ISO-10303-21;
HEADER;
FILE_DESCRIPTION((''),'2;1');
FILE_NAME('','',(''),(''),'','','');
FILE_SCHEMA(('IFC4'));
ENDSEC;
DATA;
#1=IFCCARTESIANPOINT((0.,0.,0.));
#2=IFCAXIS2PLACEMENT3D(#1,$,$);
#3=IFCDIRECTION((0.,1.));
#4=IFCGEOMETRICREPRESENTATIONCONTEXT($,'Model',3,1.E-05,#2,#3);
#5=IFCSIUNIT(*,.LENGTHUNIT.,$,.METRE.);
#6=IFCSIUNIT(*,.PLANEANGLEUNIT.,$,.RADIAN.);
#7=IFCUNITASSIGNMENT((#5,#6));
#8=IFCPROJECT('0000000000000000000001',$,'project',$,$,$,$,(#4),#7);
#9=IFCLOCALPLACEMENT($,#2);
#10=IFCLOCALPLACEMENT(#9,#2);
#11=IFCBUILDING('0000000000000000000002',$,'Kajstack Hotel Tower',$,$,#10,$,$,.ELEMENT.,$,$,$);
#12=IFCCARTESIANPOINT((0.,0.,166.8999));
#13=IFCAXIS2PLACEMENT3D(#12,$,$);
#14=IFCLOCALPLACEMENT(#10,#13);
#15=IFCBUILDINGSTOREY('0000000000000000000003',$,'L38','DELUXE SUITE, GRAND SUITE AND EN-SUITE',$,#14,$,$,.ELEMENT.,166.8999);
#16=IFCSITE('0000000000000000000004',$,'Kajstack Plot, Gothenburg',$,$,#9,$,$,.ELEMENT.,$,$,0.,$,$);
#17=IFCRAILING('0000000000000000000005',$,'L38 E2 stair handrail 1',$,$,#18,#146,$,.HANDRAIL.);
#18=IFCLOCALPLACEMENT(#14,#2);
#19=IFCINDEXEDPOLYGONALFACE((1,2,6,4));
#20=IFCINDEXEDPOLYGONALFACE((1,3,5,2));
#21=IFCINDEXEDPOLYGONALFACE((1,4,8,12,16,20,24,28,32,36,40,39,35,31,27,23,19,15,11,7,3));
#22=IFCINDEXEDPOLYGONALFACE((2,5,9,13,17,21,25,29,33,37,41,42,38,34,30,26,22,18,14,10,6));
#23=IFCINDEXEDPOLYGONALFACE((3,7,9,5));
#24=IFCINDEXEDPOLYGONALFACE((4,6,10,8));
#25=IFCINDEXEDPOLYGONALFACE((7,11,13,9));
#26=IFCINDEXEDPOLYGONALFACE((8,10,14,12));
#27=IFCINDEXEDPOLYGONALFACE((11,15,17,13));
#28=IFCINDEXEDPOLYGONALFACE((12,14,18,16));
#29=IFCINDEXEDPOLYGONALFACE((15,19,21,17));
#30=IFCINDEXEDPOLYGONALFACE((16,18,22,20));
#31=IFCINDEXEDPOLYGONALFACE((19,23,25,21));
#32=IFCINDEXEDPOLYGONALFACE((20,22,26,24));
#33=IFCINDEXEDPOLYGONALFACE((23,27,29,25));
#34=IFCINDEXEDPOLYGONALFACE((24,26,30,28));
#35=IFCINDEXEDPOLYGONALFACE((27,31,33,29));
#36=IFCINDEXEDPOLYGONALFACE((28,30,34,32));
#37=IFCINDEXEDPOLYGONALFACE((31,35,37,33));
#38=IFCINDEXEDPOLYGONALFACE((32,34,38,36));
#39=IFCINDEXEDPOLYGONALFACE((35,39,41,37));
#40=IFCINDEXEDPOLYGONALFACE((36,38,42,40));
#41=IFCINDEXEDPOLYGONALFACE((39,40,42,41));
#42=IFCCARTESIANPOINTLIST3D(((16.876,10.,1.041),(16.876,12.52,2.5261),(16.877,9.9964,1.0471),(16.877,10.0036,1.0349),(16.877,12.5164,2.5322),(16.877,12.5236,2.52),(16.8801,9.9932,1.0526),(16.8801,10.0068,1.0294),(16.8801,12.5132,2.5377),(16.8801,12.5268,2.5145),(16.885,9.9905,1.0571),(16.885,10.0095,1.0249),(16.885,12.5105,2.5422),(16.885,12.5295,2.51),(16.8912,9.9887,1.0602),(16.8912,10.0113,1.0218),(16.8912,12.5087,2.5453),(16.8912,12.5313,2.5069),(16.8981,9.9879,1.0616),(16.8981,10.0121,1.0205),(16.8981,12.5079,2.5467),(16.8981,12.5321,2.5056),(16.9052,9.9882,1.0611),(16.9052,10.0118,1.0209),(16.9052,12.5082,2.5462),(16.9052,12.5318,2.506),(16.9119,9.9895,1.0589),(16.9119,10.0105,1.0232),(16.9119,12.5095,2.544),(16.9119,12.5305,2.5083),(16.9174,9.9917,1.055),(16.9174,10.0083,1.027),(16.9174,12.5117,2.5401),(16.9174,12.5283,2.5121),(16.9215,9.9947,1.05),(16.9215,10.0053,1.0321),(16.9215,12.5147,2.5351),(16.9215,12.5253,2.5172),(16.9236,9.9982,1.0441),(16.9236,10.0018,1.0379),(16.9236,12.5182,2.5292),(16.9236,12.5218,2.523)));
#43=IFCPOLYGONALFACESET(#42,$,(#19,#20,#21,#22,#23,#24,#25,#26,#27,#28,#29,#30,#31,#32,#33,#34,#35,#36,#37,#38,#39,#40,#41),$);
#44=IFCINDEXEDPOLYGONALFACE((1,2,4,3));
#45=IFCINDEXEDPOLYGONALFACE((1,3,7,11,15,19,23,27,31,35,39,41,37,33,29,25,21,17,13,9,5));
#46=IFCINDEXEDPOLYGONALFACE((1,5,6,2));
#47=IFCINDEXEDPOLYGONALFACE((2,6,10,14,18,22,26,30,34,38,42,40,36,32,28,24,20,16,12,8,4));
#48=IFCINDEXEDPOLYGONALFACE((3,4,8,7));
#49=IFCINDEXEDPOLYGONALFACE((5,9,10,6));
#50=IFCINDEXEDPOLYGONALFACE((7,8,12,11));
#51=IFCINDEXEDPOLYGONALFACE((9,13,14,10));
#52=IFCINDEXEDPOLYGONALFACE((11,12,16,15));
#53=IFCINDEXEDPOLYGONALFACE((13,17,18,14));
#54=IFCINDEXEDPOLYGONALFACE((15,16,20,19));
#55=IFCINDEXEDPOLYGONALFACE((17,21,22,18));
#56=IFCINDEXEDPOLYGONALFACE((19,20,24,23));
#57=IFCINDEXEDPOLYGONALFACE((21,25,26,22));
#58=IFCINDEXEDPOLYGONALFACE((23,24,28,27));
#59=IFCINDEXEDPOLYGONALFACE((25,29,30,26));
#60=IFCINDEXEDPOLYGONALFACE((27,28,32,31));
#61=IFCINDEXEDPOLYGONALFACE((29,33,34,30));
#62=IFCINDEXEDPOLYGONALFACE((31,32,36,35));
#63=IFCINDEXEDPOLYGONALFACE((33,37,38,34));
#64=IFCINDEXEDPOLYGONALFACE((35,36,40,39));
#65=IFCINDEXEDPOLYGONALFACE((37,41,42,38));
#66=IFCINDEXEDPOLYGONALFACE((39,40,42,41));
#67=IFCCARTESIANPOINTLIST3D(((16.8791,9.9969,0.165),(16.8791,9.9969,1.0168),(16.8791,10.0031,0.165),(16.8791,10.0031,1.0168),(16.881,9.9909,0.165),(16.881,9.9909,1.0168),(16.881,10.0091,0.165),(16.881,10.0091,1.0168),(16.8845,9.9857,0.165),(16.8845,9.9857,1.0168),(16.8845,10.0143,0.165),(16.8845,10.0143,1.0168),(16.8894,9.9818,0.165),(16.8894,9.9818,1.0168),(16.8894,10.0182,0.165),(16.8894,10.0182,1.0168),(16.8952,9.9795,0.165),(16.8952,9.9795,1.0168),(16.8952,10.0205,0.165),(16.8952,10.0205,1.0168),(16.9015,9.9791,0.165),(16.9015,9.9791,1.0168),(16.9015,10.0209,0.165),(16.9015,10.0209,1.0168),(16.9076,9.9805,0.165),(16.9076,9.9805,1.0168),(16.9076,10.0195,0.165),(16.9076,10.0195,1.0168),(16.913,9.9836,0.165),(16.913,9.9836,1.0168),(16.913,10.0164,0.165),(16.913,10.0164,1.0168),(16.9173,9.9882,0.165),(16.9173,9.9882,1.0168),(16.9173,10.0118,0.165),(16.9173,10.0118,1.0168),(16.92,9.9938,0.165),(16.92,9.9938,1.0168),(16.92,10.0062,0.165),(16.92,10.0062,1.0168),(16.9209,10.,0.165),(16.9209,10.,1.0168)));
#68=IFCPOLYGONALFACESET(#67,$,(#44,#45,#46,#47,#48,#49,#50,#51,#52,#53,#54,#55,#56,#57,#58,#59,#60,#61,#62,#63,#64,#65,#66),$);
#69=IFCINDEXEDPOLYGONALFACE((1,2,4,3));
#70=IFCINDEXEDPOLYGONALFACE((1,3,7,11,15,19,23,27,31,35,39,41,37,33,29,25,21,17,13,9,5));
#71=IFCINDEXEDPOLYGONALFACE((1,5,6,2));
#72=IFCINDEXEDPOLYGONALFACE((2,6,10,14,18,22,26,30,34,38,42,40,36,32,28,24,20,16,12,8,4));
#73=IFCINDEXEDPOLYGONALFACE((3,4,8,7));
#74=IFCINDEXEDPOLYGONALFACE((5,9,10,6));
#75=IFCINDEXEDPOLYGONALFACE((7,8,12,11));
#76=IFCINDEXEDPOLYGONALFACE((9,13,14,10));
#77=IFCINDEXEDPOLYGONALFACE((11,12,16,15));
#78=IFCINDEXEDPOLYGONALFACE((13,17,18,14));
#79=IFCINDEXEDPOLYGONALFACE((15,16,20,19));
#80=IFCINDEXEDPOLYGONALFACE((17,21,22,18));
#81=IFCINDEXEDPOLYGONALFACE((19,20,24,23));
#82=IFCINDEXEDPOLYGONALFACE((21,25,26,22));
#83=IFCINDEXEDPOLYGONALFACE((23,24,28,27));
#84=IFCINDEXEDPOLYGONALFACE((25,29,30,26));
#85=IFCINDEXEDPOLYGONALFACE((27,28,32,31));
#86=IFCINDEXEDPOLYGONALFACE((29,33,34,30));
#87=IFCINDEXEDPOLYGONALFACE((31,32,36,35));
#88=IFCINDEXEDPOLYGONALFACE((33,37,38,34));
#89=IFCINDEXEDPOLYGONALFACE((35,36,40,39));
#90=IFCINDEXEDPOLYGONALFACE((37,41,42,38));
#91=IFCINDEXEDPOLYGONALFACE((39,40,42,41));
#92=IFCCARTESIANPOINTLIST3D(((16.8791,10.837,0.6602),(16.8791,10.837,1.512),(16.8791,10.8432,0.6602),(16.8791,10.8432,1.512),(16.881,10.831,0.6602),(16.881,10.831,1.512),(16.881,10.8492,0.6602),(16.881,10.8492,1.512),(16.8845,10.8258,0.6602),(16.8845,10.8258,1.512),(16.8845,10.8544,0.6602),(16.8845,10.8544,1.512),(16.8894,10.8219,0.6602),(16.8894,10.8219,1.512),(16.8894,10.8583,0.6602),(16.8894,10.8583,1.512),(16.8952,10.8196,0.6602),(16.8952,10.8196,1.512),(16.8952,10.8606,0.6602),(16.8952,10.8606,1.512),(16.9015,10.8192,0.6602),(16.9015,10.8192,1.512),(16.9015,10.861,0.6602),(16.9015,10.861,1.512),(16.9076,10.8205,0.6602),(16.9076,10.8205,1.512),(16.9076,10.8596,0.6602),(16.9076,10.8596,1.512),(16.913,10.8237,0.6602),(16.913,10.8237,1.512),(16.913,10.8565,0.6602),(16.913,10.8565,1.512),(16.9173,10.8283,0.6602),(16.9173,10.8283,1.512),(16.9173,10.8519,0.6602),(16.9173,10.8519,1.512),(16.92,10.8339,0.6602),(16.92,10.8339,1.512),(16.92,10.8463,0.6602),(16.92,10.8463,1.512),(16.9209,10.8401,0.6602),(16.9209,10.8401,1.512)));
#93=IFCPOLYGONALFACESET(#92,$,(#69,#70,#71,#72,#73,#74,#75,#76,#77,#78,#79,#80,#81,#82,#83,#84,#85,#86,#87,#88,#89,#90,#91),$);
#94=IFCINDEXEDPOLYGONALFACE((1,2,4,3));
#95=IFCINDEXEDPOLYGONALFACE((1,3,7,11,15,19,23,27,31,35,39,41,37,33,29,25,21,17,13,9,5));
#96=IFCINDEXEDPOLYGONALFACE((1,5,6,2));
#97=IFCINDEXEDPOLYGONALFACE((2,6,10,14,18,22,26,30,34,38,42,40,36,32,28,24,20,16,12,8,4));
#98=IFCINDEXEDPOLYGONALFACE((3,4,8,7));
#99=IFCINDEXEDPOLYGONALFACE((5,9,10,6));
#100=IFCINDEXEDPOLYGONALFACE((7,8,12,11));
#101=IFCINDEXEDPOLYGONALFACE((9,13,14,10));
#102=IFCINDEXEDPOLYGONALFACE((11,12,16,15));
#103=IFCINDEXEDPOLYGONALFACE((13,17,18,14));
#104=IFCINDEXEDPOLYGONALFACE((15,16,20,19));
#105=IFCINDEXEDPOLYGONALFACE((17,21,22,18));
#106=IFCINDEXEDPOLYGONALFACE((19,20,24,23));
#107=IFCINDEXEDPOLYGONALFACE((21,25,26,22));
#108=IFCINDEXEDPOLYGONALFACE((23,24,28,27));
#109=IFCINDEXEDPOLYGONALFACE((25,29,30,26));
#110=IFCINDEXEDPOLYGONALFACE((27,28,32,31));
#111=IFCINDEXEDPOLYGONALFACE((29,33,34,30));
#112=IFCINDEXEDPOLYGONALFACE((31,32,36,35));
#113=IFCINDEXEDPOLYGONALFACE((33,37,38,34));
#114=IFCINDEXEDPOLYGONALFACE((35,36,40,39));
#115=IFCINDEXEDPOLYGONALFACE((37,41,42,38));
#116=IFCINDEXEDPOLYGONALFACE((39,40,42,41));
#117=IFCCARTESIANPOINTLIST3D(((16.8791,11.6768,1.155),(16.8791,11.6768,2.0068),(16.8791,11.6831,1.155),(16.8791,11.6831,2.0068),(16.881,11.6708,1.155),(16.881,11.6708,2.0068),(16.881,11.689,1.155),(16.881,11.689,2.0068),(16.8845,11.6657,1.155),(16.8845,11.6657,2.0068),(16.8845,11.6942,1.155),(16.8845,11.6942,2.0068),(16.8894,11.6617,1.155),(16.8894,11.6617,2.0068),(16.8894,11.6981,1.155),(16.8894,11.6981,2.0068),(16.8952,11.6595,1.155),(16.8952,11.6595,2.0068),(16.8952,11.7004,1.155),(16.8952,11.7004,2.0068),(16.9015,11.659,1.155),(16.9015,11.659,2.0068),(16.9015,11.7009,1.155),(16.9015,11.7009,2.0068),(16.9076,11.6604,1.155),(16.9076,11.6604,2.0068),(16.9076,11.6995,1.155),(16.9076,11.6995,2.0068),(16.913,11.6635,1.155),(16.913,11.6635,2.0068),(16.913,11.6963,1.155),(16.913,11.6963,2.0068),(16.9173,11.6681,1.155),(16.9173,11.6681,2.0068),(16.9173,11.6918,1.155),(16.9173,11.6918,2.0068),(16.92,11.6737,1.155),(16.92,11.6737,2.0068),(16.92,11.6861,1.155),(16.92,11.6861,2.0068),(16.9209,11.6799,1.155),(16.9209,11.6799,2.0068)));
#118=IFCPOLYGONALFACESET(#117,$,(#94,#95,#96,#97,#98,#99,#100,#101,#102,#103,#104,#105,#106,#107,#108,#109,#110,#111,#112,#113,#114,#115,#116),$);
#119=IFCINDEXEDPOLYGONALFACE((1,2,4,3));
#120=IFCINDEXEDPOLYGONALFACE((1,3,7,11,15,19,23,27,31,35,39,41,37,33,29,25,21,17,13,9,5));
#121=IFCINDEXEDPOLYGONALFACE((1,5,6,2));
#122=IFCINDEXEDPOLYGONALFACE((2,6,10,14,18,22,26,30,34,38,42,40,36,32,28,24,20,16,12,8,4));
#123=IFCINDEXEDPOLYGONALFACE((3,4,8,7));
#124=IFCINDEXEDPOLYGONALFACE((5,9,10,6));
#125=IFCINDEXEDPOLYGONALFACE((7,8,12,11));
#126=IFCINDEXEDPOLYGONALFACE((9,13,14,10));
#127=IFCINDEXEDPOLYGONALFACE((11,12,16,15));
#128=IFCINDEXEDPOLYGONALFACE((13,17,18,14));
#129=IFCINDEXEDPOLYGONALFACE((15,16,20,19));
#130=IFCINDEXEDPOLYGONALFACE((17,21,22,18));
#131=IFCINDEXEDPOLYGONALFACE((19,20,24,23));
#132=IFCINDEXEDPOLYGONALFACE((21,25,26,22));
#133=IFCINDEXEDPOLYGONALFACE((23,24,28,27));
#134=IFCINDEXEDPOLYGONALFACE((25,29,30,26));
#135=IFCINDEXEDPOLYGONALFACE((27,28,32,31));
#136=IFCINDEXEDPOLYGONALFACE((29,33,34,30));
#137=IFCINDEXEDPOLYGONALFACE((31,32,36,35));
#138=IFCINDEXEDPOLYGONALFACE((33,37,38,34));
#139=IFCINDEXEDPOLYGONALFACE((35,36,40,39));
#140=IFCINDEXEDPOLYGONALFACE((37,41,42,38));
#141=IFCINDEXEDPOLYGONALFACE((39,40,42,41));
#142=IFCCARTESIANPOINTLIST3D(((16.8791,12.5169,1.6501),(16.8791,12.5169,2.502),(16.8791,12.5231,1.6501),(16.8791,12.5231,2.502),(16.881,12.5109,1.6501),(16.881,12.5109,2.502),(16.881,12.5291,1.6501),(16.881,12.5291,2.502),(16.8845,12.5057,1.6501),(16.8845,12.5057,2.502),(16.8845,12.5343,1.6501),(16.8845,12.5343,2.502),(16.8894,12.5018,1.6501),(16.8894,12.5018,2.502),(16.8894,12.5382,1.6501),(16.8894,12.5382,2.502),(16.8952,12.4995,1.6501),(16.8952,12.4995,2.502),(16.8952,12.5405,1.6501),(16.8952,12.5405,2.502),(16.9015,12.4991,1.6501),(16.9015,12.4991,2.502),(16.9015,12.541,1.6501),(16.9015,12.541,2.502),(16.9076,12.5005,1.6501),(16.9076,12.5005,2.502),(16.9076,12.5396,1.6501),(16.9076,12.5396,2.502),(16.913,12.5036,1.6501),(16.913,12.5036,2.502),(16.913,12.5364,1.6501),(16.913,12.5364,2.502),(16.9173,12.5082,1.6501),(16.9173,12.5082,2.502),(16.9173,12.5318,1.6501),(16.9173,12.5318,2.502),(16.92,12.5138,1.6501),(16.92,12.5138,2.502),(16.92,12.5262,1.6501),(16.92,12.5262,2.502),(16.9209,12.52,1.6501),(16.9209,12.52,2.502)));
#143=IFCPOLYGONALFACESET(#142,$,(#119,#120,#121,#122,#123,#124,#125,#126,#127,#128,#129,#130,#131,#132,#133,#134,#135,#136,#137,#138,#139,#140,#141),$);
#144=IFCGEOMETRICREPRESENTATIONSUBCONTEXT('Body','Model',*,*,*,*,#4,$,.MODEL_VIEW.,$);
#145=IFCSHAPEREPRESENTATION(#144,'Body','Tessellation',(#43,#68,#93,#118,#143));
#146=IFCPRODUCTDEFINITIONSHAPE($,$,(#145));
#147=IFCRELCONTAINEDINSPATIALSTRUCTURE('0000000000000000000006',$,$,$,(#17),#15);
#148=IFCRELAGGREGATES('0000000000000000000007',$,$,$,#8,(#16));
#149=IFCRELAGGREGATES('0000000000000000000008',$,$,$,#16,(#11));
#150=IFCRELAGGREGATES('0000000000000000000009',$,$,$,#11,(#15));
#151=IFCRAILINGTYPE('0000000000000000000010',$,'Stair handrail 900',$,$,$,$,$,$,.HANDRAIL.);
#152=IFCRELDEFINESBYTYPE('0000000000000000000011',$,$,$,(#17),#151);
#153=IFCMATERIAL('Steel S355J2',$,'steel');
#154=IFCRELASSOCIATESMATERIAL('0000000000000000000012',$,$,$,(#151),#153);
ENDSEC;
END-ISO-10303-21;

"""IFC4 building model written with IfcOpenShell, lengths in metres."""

from ifc_helpers import new_model, si_unit, direction, frame, origin, origin_2d, place, context, subcontext, project, spatial, circle, extrude, material, type_object, element, save


model = new_model("IFC4")

# Units and contexts
model_context = context("Model", 3, precision=1e-05, world=origin(), true_north=direction((0.0, 1.0)))
body_context = subcontext(model_context, "Body", "Model", "MODEL_VIEW")
ifc_project = project(units=[si_unit("LENGTHUNIT", "METRE"), si_unit("PLANEANGLEUNIT", "RADIAN")], contexts=[model_context])

# Site, building, storey
site_placement = place(None, origin())
site = spatial("IfcSite", under=ifc_project, at=site_placement, Name="Kajstack Plot, Gothenburg", CompositionType="ELEMENT", RefElevation=0.0)
building_placement = place(site_placement, origin())
building = spatial("IfcBuilding", under=site, at=building_placement, Name="Kajstack Hotel Tower", CompositionType="ELEMENT")
storey_placement = place(building_placement, frame((0.0, 0.0, 166.8999)))
storey = spatial("IfcBuildingStorey", under=building, at=storey_placement, Name="L38", Description="DELUXE SUITE, GRAND SUITE AND EN-SUITE", CompositionType="ELEMENT", Elevation=166.8999)

# Railing
ifc_material_1 = material(Name="Steel S355J2", Category="steel")
railing_type_1 = type_object("IfcRailingType", Name="Stair handrail 900", PredefinedType="HANDRAIL", material=ifc_material_1)
railing_1_placement = place(storey_placement, frame((16.8999, 10.0, 0.165)))
element("IfcRailing", 1, at=railing_1_placement, inside=storey, type_object=railing_type_1, Name="L38 E2 stair handrail 1", PredefinedType="HANDRAIL", context=body_context, shape_type="SweptSolid", body=[
    extrude(circle(Radius=0.0239, at=origin_2d()), frame((0.0, 0.0, 0.876), z_axis=(0.0, 0.861524, 0.507717), x_axis=(-1.0, 0.0, 0.0)), (0.0, 0.0, 1.0), 2.925),
    extrude(circle(Radius=0.021, at=origin_2d()), origin(), (0.0, 0.0, 1.0), 0.8518),
    extrude(circle(Radius=0.021, at=origin_2d()), frame((0.0, 0.8401, 0.4951)), (0.0, 0.0, 1.0), 0.8518),
    extrude(circle(Radius=0.021, at=origin_2d()), frame((0.0, 1.6799, 0.99)), (0.0, 0.0, 1.0), 0.8518),
    extrude(circle(Radius=0.021, at=origin_2d()), frame((0.0, 2.52, 1.4851)), (0.0, 0.0, 1.0), 0.8518),
])

save(model, "model.ifc")
